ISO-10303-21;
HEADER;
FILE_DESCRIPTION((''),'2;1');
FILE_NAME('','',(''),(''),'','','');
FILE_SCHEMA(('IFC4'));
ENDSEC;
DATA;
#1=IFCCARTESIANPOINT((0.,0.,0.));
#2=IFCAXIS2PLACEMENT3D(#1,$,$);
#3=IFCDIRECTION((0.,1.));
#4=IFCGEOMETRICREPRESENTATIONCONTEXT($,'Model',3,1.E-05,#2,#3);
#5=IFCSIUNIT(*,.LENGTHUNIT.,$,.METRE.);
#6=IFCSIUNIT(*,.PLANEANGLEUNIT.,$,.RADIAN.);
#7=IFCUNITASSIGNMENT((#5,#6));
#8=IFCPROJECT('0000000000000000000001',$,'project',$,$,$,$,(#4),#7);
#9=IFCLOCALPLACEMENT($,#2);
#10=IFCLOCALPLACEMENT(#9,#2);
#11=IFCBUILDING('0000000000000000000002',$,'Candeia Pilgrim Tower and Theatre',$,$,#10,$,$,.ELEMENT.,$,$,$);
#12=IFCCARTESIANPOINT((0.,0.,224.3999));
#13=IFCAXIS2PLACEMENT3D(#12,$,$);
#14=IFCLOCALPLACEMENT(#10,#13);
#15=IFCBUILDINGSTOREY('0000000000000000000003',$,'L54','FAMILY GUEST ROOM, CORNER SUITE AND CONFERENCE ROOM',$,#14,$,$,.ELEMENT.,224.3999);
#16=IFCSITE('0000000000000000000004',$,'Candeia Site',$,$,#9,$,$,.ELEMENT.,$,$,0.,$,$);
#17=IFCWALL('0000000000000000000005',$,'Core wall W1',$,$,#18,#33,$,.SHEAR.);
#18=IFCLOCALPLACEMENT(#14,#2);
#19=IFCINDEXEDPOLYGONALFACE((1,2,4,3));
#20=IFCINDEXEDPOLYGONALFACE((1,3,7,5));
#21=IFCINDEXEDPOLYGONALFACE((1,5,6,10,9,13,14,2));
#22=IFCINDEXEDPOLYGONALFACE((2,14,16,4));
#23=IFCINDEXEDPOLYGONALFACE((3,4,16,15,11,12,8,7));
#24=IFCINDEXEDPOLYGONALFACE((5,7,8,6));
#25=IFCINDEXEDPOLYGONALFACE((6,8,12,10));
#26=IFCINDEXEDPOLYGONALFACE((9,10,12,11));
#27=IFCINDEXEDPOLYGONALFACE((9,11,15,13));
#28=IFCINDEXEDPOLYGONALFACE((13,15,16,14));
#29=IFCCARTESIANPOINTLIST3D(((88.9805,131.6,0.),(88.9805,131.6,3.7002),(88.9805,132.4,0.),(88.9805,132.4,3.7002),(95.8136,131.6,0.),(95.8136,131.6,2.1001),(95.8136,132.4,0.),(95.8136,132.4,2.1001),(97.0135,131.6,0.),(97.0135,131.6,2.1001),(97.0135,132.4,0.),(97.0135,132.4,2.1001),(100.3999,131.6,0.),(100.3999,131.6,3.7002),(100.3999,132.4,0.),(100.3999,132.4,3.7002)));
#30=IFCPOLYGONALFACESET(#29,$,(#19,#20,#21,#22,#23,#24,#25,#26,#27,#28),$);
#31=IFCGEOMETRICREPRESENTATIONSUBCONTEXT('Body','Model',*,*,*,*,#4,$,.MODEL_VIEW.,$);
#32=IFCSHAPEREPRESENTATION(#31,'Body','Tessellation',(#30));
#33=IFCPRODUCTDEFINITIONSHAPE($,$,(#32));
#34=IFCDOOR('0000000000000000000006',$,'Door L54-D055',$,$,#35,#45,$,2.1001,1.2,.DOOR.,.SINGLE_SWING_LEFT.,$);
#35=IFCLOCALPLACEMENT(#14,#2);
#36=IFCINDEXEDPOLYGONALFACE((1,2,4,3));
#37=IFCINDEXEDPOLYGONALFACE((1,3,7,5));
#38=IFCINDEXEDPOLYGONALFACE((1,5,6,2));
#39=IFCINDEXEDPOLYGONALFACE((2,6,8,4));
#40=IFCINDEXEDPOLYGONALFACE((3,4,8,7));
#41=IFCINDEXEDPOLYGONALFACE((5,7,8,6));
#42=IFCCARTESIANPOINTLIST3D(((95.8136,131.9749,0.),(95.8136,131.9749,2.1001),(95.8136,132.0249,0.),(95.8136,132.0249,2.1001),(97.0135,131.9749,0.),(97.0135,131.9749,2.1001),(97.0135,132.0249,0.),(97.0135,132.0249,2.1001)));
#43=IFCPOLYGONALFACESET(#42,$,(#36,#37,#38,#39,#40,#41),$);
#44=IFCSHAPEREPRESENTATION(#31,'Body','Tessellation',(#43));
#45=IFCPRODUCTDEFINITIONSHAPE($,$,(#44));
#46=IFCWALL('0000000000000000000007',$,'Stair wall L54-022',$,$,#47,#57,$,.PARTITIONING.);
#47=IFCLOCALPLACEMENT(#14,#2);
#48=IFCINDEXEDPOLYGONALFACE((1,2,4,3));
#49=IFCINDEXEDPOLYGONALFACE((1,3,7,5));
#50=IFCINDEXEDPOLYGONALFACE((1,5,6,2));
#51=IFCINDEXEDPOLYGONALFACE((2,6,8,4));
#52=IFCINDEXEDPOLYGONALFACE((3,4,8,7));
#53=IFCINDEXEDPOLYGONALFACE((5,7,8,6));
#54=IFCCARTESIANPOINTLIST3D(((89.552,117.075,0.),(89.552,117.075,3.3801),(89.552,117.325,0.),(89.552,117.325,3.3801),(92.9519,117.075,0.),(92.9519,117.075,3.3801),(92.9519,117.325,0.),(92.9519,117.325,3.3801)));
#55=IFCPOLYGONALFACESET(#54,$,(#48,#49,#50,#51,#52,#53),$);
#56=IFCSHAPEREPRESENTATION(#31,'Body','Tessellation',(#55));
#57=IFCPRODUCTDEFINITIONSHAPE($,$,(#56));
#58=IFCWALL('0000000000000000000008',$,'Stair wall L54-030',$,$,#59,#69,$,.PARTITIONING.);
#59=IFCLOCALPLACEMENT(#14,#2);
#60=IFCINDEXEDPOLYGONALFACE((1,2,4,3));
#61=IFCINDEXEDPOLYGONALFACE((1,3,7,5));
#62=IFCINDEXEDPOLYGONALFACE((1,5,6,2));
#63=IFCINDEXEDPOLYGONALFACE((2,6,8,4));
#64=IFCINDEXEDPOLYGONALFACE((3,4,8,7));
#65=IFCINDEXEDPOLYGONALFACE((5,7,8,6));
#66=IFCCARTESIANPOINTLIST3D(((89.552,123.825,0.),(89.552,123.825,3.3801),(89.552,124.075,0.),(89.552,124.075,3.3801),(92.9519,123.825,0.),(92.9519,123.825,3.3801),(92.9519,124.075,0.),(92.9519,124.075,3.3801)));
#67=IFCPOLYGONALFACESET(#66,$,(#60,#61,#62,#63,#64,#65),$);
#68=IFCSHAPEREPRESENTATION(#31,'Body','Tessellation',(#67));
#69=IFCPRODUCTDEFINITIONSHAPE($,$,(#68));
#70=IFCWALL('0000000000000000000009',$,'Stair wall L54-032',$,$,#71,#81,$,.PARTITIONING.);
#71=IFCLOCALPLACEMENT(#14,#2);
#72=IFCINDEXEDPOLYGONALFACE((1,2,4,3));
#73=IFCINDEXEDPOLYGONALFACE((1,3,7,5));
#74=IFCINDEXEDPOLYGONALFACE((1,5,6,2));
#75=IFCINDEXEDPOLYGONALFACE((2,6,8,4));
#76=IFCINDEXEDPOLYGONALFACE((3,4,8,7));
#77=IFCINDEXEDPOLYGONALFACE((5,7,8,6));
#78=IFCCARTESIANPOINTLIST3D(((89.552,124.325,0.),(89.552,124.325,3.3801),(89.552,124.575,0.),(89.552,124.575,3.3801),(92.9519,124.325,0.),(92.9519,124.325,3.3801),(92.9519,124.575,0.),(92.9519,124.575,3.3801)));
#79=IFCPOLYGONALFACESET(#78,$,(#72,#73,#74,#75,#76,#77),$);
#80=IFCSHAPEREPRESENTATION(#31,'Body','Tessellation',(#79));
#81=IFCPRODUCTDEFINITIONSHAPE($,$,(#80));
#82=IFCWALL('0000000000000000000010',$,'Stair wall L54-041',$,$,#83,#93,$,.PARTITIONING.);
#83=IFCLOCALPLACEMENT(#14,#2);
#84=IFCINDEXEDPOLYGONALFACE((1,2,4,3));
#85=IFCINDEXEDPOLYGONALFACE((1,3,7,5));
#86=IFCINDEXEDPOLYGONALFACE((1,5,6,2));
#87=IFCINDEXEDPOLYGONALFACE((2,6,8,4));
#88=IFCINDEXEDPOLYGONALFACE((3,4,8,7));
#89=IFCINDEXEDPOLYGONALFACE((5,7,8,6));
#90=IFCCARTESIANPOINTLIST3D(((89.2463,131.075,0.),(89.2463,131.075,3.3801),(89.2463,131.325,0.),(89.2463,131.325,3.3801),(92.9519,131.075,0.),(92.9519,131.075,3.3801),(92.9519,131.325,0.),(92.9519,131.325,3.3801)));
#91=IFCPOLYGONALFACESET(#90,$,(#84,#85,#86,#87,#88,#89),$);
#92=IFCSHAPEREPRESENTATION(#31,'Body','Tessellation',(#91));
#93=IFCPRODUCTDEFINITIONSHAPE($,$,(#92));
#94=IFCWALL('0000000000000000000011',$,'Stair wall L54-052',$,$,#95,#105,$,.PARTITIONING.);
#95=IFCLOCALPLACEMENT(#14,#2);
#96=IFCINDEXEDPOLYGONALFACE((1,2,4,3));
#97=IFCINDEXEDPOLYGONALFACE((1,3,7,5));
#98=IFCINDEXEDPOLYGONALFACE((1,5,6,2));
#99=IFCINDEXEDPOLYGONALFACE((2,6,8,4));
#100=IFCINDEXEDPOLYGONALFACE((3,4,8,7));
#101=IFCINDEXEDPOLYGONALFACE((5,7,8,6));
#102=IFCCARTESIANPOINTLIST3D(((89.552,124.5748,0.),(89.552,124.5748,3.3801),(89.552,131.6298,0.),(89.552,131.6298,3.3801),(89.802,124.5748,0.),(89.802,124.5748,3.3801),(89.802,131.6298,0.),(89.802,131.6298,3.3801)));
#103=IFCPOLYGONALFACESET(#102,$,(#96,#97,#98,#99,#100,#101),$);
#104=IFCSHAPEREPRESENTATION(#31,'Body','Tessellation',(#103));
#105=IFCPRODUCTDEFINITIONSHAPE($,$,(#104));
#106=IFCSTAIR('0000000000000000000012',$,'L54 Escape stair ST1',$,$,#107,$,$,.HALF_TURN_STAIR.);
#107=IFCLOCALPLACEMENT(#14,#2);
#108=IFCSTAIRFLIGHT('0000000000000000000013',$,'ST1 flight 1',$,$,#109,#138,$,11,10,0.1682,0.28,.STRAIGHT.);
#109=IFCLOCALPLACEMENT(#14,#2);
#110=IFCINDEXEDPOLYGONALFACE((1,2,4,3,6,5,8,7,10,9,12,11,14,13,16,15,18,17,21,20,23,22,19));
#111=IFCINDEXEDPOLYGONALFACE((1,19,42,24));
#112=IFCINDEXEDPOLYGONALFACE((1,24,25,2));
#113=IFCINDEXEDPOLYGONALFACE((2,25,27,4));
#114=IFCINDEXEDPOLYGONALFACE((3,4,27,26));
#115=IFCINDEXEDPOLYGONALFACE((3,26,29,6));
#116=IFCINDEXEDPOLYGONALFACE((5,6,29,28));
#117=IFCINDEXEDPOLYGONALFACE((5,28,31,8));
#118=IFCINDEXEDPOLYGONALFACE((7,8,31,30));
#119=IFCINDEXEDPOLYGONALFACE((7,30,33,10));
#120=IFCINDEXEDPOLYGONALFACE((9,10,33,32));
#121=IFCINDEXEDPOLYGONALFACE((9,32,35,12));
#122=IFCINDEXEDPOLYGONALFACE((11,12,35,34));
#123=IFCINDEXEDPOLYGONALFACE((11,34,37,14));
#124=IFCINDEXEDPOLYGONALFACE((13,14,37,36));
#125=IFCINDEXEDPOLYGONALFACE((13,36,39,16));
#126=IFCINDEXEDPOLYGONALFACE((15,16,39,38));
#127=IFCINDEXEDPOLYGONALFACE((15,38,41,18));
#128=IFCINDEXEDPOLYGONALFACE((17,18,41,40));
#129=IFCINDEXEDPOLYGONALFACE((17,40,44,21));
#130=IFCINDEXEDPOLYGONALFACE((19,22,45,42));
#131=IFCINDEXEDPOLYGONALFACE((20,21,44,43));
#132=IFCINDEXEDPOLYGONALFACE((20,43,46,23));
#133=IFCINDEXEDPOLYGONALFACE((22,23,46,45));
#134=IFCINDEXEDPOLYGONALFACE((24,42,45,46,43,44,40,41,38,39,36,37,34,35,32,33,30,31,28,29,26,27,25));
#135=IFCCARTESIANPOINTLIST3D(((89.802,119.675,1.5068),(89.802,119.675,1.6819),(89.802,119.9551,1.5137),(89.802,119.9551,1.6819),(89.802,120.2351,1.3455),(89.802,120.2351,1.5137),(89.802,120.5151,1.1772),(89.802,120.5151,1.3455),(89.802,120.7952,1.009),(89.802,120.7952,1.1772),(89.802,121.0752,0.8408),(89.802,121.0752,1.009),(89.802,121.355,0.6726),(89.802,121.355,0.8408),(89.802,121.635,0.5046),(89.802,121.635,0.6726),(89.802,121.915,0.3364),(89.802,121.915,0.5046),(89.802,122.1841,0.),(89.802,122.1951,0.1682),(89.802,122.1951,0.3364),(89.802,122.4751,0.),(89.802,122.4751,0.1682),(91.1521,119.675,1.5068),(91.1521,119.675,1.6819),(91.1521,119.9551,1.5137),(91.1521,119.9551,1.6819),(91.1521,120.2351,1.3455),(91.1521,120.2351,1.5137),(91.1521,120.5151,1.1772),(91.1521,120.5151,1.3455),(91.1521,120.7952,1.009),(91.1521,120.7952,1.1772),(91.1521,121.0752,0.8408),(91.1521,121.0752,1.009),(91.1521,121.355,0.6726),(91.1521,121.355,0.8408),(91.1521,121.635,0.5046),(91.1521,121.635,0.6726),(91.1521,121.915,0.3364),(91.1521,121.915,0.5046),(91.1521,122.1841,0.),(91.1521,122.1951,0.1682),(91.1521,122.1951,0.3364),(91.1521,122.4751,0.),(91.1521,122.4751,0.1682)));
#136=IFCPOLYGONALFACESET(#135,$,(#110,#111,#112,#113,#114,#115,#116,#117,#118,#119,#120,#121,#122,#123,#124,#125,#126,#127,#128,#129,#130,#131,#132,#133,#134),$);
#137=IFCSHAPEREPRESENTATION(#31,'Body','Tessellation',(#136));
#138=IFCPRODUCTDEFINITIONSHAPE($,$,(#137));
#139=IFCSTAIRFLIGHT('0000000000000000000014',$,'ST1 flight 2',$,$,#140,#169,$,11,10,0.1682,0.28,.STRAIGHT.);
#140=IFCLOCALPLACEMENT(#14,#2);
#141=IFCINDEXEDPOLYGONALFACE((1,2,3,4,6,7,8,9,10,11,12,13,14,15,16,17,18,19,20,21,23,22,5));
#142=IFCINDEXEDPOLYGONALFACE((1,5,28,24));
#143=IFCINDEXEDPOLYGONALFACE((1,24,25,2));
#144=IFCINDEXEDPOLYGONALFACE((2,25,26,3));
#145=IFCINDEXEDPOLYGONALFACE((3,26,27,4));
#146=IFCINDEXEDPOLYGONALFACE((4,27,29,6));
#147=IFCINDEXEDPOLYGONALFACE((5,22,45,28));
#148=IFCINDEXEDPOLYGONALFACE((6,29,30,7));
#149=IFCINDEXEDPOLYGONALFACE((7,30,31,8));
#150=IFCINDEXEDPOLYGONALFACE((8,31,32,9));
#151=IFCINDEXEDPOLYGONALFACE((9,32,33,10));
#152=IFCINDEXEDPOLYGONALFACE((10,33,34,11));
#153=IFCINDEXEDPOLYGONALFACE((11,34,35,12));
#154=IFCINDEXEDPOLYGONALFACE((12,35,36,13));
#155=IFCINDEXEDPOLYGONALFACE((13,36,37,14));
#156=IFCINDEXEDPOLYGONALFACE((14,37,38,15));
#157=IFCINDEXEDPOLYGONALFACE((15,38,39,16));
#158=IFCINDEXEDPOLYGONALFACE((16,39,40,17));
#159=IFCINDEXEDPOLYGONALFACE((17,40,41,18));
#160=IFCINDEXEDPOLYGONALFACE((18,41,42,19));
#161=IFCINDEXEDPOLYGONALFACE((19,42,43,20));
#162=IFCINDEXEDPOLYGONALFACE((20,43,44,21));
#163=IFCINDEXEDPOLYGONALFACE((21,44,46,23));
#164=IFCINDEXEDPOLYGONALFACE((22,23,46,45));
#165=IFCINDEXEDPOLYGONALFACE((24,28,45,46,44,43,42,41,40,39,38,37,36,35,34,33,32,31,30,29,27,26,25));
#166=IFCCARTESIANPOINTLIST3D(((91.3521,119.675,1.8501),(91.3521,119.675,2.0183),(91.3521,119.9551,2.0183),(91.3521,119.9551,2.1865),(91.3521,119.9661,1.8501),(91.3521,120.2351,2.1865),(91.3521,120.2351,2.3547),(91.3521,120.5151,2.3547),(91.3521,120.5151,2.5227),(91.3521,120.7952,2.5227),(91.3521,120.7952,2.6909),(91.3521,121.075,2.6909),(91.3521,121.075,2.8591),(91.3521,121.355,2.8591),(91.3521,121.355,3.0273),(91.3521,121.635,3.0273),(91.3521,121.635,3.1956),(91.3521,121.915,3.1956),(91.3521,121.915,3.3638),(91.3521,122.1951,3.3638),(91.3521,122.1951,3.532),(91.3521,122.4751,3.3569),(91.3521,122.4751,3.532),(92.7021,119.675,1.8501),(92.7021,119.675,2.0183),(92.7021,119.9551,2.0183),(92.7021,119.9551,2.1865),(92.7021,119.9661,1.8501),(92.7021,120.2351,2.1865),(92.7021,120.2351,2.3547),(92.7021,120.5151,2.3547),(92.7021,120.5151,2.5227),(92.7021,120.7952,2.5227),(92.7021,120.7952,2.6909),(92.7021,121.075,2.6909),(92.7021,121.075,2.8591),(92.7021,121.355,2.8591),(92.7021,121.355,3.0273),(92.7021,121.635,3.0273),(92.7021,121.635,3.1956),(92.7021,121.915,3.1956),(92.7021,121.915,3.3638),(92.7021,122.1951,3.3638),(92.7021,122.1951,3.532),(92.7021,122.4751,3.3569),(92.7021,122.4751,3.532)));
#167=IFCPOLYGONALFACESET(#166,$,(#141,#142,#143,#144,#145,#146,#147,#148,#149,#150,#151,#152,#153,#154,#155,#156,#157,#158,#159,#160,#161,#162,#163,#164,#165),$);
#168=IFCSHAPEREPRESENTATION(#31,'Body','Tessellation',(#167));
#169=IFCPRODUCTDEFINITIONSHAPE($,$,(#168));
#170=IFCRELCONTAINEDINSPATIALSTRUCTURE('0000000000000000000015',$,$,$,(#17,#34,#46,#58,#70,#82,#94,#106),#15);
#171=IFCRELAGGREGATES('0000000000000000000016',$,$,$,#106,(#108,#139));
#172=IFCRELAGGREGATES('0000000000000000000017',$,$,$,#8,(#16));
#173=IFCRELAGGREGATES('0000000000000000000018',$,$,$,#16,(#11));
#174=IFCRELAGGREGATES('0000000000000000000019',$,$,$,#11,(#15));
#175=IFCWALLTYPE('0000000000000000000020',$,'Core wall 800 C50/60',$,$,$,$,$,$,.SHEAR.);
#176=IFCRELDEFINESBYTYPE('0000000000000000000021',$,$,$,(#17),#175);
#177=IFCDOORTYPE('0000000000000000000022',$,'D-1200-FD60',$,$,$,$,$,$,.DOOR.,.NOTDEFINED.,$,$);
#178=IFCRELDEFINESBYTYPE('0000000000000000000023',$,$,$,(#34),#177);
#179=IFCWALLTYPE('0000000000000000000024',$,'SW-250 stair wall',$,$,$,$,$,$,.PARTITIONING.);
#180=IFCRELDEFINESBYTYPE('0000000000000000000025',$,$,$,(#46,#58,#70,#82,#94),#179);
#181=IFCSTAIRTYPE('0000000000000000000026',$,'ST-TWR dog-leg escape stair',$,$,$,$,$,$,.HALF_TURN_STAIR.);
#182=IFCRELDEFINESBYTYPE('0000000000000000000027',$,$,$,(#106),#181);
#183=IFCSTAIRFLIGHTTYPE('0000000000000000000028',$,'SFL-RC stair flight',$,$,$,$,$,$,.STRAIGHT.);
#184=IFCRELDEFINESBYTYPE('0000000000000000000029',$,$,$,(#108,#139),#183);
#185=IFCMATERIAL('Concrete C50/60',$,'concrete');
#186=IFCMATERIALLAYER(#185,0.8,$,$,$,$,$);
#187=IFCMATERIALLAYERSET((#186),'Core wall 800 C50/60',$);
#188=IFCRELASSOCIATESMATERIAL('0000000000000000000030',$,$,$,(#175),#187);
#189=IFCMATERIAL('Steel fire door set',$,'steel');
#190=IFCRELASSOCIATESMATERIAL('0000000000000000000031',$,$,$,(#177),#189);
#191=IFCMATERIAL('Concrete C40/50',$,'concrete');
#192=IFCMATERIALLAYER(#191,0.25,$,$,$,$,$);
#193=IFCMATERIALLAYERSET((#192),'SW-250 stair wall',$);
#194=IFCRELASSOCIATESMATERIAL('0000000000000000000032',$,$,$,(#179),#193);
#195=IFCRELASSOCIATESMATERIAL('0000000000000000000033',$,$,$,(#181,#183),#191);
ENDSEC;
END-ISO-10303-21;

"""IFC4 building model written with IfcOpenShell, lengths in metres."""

from ifc_helpers import new_model, si_unit, direction, frame, frame_2d, origin, place, context, subcontext, project, spatial, polyline, rectangle, outline, extrude, material, layer, layer_set, type_object, element, fill, aggregate, save


model = new_model("IFC4")

# Units and contexts
model_context = context("Model", 3, precision=1e-05, world=origin(), true_north=direction((0.0, 1.0)))
body_context = subcontext(model_context, "Body", "Model", "MODEL_VIEW")
ifc_project = project(units=[si_unit("LENGTHUNIT", "METRE"), si_unit("PLANEANGLEUNIT", "RADIAN")], contexts=[model_context])

# Site, building, storey
site_placement = place(None, origin())
site = spatial("IfcSite", under=ifc_project, at=site_placement, Name="Candeia Site", CompositionType="ELEMENT", RefElevation=0.0)
building_placement = place(site_placement, origin())
building = spatial("IfcBuilding", under=site, at=building_placement, Name="Candeia Pilgrim Tower and Theatre", CompositionType="ELEMENT")
storey_placement = place(building_placement, frame((0.0, 0.0, 224.3999)))
storey = spatial("IfcBuildingStorey", under=building, at=storey_placement, Name="L54", Description="FAMILY GUEST ROOM, CORNER SUITE AND CONFERENCE ROOM", CompositionType="ELEMENT", Elevation=224.3999)

# Wall, opening, door
ifc_material_1 = material(Name="Concrete C50/60", Category="concrete")
ifc_layer_1 = layer(ifc_material_1, 0.8)
ifc_layer_set_1 = layer_set([ifc_layer_1], Name="Core wall 800 C50/60")
wall_type_1 = type_object("IfcWallType", Name="Core wall 800 C50/60", PredefinedType="SHEAR", material=ifc_layer_set_1)
wall_1_placement = place(storey_placement, frame((88.9805, 132.0, 0.0), z_axis=(0.0, 0.0, 1.0), x_axis=(1.0, 0.0, 0.0)))
wall_1 = element("IfcWall", 1, at=wall_1_placement, inside=storey, type_object=wall_type_1, Name="Core wall W1", PredefinedType="SHEAR", context=body_context, shape_type="SweptSolid", body=[
    extrude(rectangle(XDim=11.4194, YDim=0.8, at=frame_2d((5.7097, 0.0))), origin(), (0.0, 0.0, 1.0), 3.7002),
])
opening_placement = place(wall_1_placement, frame((6.833, 0.0, 0.0)))
opening = element("IfcOpeningElement", 2, at=opening_placement, cuts=wall_1, PredefinedType="OPENING", context=body_context, shape_type="SweptSolid", body=[
    extrude(rectangle(XDim=1.2, YDim=2.1001, at=frame_2d((0.6001, 1.05))), frame((0.0, 0.4102, 0.0), z_axis=(0.0, -1.0, 0.0), x_axis=(1.0, 0.0, 0.0)), (0.0, 0.0, 1.0), 0.8201),
])
ifc_material_2 = material(Name="Steel fire door set", Category="steel")
door_type = type_object("IfcDoorType", Name="D-1200-FD60", OperationType="NOTDEFINED", PredefinedType="DOOR", material=ifc_material_2)
door_placement = place(opening_placement, origin())
door = element("IfcDoor", 3, at=door_placement, inside=storey, type_object=door_type, Name="Door L54-D055", OperationType="SINGLE_SWING_LEFT", OverallHeight=2.1001, OverallWidth=1.2, PredefinedType="DOOR", context=body_context, shape_type="SweptSolid", body=[
    extrude(rectangle(XDim=1.2, YDim=2.1001, at=frame_2d((0.6001, 1.05))), frame((0.0, 0.0249, 0.0), z_axis=(0.0, -1.0, 0.0), x_axis=(1.0, 0.0, 0.0)), (0.0, 0.0, 1.0), 0.05),
])
fill(opening, door)

# Walls
ifc_material_3 = material(Name="Concrete C40/50", Category="concrete")
ifc_layer_2 = layer(ifc_material_3, 0.25)
ifc_layer_set_2 = layer_set([ifc_layer_2], Name="SW-250 stair wall")
wall_type_2 = type_object("IfcWallType", Name="SW-250 stair wall", PredefinedType="PARTITIONING", material=ifc_layer_set_2)
for number, where, z_axis, x_axis, name in (
    (4, (89.552, 117.2, 0.0), (0.0, 0.0, 1.0), (1.0, 0.0, 0.0), "Stair wall L54-022"),
    (5, (89.552, 123.95, 0.0), (0.0, 0.0, 1.0), (1.0, 0.0, 0.0), "Stair wall L54-030"),
    (6, (89.552, 124.45, 0.0), (0.0, 0.0, 1.0), (1.0, 0.0, 0.0), "Stair wall L54-032"),
):
    element("IfcWall", number, at=place(storey_placement, frame(where, z_axis=z_axis, x_axis=x_axis)), inside=storey, type_object=wall_type_2, Name=name, PredefinedType="PARTITIONING", context=body_context, shape_type="SweptSolid", body=[
        extrude(rectangle(XDim=3.3999, YDim=0.25, at=frame_2d((1.7, 0.0))), origin(), (0.0, 0.0, 1.0), 3.3801),
    ])
wall_2_placement = place(storey_placement, frame((89.2463, 131.2, 0.0), z_axis=(0.0, 0.0, 1.0), x_axis=(1.0, 0.0, 0.0)))
element("IfcWall", 7, at=wall_2_placement, inside=storey, type_object=wall_type_2, Name="Stair wall L54-041", PredefinedType="PARTITIONING", context=body_context, shape_type="SweptSolid", body=[
    extrude(rectangle(XDim=3.7056, YDim=0.25, at=frame_2d((1.8528, 0.0))), origin(), (0.0, 0.0, 1.0), 3.3801),
])
wall_3_placement = place(storey_placement, frame((89.677, 124.575, 0.0), z_axis=(0.0, 0.0, 1.0), x_axis=(0.0, 1.0, 0.0)))
element("IfcWall", 8, at=wall_3_placement, inside=storey, type_object=wall_type_2, Name="Stair wall L54-052", PredefinedType="PARTITIONING", context=body_context, shape_type="SweptSolid", body=[
    extrude(rectangle(XDim=7.0549, YDim=0.25, at=frame_2d((3.5273, 0.0))), origin(), (0.0, 0.0, 1.0), 3.3801),
])

# Stair, stair flights
stair_type = type_object("IfcStairType", Name="ST-TWR dog-leg escape stair", PredefinedType="HALF_TURN_STAIR", material=ifc_material_3)
stair_1_placement = place(storey_placement, origin())
stair_1 = element("IfcStair", 9, at=stair_1_placement, inside=storey, type_object=stair_type, Name="L54 Escape stair ST1", PredefinedType="HALF_TURN_STAIR")
stair_flight_type = type_object("IfcStairFlightType", Name="SFL-RC stair flight", PredefinedType="STRAIGHT", material=ifc_material_3)
stair_flight_1_placement = place(storey_placement, frame((90.4771, 122.4751, 0.0), z_axis=(0.0, 0.0, 1.0), x_axis=(0.0, -1.0, 0.0)))
stair_flight_1 = element("IfcStairFlight", 10, at=stair_flight_1_placement, type_object=stair_flight_type, Name="ST1 flight 1", NumberOfRisers=11, NumberOfTreads=10, PredefinedType="STRAIGHT", RiserHeight=0.1682, TreadLength=0.28, context=body_context, shape_type="SweptSolid", body=[
    extrude(outline(polyline([(0.0, 0.0), (0.0, 0.1682), (0.28, 0.1682), (0.28, 0.3364), (0.5601, 0.3364), (0.5601, 0.5046), (0.8401, 0.5046), (0.8401, 0.6726), (1.1201, 0.6726), (1.1201, 0.8408), (1.3999, 0.8408), (1.3999, 1.009), (1.6799, 1.009), (1.6799, 1.1772), (1.96, 1.1772), (1.96, 1.3455), (2.24, 1.3455), (2.24, 1.5137), (2.52, 1.5137), (2.52, 1.6819), (2.8, 1.6819), (2.8, 1.8501), (2.8, 1.5068), (0.291, 0.0), (0.0, 0.0)])), frame((0.0, 0.675, 0.0), z_axis=(0.0, -1.0, 0.0), x_axis=(1.0, 0.0, 0.0)), (0.0, 0.0, 1.0), 1.3501),
])
stair_flight_2_placement = place(storey_placement, frame((92.0271, 119.675, 1.8501), z_axis=(0.0, 0.0, 1.0), x_axis=(0.0, 1.0, 0.0)))
stair_flight_2 = element("IfcStairFlight", 11, at=stair_flight_2_placement, type_object=stair_flight_type, Name="ST1 flight 2", NumberOfRisers=11, NumberOfTreads=10, PredefinedType="STRAIGHT", RiserHeight=0.1682, TreadLength=0.28, context=body_context, shape_type="SweptSolid", body=[
    extrude(outline(polyline([(0.0, 0.0), (0.0, 0.1682), (0.28, 0.1682), (0.28, 0.3364), (0.5601, 0.3364), (0.5601, 0.5046), (0.8401, 0.5046), (0.8401, 0.6726), (1.1201, 0.6726), (1.1201, 0.8408), (1.3999, 0.8408), (1.3999, 1.009), (1.6799, 1.009), (1.6799, 1.1772), (1.96, 1.1772), (1.96, 1.3455), (2.24, 1.3455), (2.24, 1.5137), (2.52, 1.5137), (2.52, 1.6819), (2.8, 1.6819), (2.8, 1.8501), (2.8, 1.5068), (0.291, 0.0), (0.0, 0.0)])), frame((0.0, 0.675, 0.0), z_axis=(0.0, -1.0, 0.0), x_axis=(1.0, 0.0, 0.0)), (0.0, 0.0, 1.0), 1.3501),
])
aggregate(stair_1, [stair_flight_1, stair_flight_2])

save(model, "model.ifc")
